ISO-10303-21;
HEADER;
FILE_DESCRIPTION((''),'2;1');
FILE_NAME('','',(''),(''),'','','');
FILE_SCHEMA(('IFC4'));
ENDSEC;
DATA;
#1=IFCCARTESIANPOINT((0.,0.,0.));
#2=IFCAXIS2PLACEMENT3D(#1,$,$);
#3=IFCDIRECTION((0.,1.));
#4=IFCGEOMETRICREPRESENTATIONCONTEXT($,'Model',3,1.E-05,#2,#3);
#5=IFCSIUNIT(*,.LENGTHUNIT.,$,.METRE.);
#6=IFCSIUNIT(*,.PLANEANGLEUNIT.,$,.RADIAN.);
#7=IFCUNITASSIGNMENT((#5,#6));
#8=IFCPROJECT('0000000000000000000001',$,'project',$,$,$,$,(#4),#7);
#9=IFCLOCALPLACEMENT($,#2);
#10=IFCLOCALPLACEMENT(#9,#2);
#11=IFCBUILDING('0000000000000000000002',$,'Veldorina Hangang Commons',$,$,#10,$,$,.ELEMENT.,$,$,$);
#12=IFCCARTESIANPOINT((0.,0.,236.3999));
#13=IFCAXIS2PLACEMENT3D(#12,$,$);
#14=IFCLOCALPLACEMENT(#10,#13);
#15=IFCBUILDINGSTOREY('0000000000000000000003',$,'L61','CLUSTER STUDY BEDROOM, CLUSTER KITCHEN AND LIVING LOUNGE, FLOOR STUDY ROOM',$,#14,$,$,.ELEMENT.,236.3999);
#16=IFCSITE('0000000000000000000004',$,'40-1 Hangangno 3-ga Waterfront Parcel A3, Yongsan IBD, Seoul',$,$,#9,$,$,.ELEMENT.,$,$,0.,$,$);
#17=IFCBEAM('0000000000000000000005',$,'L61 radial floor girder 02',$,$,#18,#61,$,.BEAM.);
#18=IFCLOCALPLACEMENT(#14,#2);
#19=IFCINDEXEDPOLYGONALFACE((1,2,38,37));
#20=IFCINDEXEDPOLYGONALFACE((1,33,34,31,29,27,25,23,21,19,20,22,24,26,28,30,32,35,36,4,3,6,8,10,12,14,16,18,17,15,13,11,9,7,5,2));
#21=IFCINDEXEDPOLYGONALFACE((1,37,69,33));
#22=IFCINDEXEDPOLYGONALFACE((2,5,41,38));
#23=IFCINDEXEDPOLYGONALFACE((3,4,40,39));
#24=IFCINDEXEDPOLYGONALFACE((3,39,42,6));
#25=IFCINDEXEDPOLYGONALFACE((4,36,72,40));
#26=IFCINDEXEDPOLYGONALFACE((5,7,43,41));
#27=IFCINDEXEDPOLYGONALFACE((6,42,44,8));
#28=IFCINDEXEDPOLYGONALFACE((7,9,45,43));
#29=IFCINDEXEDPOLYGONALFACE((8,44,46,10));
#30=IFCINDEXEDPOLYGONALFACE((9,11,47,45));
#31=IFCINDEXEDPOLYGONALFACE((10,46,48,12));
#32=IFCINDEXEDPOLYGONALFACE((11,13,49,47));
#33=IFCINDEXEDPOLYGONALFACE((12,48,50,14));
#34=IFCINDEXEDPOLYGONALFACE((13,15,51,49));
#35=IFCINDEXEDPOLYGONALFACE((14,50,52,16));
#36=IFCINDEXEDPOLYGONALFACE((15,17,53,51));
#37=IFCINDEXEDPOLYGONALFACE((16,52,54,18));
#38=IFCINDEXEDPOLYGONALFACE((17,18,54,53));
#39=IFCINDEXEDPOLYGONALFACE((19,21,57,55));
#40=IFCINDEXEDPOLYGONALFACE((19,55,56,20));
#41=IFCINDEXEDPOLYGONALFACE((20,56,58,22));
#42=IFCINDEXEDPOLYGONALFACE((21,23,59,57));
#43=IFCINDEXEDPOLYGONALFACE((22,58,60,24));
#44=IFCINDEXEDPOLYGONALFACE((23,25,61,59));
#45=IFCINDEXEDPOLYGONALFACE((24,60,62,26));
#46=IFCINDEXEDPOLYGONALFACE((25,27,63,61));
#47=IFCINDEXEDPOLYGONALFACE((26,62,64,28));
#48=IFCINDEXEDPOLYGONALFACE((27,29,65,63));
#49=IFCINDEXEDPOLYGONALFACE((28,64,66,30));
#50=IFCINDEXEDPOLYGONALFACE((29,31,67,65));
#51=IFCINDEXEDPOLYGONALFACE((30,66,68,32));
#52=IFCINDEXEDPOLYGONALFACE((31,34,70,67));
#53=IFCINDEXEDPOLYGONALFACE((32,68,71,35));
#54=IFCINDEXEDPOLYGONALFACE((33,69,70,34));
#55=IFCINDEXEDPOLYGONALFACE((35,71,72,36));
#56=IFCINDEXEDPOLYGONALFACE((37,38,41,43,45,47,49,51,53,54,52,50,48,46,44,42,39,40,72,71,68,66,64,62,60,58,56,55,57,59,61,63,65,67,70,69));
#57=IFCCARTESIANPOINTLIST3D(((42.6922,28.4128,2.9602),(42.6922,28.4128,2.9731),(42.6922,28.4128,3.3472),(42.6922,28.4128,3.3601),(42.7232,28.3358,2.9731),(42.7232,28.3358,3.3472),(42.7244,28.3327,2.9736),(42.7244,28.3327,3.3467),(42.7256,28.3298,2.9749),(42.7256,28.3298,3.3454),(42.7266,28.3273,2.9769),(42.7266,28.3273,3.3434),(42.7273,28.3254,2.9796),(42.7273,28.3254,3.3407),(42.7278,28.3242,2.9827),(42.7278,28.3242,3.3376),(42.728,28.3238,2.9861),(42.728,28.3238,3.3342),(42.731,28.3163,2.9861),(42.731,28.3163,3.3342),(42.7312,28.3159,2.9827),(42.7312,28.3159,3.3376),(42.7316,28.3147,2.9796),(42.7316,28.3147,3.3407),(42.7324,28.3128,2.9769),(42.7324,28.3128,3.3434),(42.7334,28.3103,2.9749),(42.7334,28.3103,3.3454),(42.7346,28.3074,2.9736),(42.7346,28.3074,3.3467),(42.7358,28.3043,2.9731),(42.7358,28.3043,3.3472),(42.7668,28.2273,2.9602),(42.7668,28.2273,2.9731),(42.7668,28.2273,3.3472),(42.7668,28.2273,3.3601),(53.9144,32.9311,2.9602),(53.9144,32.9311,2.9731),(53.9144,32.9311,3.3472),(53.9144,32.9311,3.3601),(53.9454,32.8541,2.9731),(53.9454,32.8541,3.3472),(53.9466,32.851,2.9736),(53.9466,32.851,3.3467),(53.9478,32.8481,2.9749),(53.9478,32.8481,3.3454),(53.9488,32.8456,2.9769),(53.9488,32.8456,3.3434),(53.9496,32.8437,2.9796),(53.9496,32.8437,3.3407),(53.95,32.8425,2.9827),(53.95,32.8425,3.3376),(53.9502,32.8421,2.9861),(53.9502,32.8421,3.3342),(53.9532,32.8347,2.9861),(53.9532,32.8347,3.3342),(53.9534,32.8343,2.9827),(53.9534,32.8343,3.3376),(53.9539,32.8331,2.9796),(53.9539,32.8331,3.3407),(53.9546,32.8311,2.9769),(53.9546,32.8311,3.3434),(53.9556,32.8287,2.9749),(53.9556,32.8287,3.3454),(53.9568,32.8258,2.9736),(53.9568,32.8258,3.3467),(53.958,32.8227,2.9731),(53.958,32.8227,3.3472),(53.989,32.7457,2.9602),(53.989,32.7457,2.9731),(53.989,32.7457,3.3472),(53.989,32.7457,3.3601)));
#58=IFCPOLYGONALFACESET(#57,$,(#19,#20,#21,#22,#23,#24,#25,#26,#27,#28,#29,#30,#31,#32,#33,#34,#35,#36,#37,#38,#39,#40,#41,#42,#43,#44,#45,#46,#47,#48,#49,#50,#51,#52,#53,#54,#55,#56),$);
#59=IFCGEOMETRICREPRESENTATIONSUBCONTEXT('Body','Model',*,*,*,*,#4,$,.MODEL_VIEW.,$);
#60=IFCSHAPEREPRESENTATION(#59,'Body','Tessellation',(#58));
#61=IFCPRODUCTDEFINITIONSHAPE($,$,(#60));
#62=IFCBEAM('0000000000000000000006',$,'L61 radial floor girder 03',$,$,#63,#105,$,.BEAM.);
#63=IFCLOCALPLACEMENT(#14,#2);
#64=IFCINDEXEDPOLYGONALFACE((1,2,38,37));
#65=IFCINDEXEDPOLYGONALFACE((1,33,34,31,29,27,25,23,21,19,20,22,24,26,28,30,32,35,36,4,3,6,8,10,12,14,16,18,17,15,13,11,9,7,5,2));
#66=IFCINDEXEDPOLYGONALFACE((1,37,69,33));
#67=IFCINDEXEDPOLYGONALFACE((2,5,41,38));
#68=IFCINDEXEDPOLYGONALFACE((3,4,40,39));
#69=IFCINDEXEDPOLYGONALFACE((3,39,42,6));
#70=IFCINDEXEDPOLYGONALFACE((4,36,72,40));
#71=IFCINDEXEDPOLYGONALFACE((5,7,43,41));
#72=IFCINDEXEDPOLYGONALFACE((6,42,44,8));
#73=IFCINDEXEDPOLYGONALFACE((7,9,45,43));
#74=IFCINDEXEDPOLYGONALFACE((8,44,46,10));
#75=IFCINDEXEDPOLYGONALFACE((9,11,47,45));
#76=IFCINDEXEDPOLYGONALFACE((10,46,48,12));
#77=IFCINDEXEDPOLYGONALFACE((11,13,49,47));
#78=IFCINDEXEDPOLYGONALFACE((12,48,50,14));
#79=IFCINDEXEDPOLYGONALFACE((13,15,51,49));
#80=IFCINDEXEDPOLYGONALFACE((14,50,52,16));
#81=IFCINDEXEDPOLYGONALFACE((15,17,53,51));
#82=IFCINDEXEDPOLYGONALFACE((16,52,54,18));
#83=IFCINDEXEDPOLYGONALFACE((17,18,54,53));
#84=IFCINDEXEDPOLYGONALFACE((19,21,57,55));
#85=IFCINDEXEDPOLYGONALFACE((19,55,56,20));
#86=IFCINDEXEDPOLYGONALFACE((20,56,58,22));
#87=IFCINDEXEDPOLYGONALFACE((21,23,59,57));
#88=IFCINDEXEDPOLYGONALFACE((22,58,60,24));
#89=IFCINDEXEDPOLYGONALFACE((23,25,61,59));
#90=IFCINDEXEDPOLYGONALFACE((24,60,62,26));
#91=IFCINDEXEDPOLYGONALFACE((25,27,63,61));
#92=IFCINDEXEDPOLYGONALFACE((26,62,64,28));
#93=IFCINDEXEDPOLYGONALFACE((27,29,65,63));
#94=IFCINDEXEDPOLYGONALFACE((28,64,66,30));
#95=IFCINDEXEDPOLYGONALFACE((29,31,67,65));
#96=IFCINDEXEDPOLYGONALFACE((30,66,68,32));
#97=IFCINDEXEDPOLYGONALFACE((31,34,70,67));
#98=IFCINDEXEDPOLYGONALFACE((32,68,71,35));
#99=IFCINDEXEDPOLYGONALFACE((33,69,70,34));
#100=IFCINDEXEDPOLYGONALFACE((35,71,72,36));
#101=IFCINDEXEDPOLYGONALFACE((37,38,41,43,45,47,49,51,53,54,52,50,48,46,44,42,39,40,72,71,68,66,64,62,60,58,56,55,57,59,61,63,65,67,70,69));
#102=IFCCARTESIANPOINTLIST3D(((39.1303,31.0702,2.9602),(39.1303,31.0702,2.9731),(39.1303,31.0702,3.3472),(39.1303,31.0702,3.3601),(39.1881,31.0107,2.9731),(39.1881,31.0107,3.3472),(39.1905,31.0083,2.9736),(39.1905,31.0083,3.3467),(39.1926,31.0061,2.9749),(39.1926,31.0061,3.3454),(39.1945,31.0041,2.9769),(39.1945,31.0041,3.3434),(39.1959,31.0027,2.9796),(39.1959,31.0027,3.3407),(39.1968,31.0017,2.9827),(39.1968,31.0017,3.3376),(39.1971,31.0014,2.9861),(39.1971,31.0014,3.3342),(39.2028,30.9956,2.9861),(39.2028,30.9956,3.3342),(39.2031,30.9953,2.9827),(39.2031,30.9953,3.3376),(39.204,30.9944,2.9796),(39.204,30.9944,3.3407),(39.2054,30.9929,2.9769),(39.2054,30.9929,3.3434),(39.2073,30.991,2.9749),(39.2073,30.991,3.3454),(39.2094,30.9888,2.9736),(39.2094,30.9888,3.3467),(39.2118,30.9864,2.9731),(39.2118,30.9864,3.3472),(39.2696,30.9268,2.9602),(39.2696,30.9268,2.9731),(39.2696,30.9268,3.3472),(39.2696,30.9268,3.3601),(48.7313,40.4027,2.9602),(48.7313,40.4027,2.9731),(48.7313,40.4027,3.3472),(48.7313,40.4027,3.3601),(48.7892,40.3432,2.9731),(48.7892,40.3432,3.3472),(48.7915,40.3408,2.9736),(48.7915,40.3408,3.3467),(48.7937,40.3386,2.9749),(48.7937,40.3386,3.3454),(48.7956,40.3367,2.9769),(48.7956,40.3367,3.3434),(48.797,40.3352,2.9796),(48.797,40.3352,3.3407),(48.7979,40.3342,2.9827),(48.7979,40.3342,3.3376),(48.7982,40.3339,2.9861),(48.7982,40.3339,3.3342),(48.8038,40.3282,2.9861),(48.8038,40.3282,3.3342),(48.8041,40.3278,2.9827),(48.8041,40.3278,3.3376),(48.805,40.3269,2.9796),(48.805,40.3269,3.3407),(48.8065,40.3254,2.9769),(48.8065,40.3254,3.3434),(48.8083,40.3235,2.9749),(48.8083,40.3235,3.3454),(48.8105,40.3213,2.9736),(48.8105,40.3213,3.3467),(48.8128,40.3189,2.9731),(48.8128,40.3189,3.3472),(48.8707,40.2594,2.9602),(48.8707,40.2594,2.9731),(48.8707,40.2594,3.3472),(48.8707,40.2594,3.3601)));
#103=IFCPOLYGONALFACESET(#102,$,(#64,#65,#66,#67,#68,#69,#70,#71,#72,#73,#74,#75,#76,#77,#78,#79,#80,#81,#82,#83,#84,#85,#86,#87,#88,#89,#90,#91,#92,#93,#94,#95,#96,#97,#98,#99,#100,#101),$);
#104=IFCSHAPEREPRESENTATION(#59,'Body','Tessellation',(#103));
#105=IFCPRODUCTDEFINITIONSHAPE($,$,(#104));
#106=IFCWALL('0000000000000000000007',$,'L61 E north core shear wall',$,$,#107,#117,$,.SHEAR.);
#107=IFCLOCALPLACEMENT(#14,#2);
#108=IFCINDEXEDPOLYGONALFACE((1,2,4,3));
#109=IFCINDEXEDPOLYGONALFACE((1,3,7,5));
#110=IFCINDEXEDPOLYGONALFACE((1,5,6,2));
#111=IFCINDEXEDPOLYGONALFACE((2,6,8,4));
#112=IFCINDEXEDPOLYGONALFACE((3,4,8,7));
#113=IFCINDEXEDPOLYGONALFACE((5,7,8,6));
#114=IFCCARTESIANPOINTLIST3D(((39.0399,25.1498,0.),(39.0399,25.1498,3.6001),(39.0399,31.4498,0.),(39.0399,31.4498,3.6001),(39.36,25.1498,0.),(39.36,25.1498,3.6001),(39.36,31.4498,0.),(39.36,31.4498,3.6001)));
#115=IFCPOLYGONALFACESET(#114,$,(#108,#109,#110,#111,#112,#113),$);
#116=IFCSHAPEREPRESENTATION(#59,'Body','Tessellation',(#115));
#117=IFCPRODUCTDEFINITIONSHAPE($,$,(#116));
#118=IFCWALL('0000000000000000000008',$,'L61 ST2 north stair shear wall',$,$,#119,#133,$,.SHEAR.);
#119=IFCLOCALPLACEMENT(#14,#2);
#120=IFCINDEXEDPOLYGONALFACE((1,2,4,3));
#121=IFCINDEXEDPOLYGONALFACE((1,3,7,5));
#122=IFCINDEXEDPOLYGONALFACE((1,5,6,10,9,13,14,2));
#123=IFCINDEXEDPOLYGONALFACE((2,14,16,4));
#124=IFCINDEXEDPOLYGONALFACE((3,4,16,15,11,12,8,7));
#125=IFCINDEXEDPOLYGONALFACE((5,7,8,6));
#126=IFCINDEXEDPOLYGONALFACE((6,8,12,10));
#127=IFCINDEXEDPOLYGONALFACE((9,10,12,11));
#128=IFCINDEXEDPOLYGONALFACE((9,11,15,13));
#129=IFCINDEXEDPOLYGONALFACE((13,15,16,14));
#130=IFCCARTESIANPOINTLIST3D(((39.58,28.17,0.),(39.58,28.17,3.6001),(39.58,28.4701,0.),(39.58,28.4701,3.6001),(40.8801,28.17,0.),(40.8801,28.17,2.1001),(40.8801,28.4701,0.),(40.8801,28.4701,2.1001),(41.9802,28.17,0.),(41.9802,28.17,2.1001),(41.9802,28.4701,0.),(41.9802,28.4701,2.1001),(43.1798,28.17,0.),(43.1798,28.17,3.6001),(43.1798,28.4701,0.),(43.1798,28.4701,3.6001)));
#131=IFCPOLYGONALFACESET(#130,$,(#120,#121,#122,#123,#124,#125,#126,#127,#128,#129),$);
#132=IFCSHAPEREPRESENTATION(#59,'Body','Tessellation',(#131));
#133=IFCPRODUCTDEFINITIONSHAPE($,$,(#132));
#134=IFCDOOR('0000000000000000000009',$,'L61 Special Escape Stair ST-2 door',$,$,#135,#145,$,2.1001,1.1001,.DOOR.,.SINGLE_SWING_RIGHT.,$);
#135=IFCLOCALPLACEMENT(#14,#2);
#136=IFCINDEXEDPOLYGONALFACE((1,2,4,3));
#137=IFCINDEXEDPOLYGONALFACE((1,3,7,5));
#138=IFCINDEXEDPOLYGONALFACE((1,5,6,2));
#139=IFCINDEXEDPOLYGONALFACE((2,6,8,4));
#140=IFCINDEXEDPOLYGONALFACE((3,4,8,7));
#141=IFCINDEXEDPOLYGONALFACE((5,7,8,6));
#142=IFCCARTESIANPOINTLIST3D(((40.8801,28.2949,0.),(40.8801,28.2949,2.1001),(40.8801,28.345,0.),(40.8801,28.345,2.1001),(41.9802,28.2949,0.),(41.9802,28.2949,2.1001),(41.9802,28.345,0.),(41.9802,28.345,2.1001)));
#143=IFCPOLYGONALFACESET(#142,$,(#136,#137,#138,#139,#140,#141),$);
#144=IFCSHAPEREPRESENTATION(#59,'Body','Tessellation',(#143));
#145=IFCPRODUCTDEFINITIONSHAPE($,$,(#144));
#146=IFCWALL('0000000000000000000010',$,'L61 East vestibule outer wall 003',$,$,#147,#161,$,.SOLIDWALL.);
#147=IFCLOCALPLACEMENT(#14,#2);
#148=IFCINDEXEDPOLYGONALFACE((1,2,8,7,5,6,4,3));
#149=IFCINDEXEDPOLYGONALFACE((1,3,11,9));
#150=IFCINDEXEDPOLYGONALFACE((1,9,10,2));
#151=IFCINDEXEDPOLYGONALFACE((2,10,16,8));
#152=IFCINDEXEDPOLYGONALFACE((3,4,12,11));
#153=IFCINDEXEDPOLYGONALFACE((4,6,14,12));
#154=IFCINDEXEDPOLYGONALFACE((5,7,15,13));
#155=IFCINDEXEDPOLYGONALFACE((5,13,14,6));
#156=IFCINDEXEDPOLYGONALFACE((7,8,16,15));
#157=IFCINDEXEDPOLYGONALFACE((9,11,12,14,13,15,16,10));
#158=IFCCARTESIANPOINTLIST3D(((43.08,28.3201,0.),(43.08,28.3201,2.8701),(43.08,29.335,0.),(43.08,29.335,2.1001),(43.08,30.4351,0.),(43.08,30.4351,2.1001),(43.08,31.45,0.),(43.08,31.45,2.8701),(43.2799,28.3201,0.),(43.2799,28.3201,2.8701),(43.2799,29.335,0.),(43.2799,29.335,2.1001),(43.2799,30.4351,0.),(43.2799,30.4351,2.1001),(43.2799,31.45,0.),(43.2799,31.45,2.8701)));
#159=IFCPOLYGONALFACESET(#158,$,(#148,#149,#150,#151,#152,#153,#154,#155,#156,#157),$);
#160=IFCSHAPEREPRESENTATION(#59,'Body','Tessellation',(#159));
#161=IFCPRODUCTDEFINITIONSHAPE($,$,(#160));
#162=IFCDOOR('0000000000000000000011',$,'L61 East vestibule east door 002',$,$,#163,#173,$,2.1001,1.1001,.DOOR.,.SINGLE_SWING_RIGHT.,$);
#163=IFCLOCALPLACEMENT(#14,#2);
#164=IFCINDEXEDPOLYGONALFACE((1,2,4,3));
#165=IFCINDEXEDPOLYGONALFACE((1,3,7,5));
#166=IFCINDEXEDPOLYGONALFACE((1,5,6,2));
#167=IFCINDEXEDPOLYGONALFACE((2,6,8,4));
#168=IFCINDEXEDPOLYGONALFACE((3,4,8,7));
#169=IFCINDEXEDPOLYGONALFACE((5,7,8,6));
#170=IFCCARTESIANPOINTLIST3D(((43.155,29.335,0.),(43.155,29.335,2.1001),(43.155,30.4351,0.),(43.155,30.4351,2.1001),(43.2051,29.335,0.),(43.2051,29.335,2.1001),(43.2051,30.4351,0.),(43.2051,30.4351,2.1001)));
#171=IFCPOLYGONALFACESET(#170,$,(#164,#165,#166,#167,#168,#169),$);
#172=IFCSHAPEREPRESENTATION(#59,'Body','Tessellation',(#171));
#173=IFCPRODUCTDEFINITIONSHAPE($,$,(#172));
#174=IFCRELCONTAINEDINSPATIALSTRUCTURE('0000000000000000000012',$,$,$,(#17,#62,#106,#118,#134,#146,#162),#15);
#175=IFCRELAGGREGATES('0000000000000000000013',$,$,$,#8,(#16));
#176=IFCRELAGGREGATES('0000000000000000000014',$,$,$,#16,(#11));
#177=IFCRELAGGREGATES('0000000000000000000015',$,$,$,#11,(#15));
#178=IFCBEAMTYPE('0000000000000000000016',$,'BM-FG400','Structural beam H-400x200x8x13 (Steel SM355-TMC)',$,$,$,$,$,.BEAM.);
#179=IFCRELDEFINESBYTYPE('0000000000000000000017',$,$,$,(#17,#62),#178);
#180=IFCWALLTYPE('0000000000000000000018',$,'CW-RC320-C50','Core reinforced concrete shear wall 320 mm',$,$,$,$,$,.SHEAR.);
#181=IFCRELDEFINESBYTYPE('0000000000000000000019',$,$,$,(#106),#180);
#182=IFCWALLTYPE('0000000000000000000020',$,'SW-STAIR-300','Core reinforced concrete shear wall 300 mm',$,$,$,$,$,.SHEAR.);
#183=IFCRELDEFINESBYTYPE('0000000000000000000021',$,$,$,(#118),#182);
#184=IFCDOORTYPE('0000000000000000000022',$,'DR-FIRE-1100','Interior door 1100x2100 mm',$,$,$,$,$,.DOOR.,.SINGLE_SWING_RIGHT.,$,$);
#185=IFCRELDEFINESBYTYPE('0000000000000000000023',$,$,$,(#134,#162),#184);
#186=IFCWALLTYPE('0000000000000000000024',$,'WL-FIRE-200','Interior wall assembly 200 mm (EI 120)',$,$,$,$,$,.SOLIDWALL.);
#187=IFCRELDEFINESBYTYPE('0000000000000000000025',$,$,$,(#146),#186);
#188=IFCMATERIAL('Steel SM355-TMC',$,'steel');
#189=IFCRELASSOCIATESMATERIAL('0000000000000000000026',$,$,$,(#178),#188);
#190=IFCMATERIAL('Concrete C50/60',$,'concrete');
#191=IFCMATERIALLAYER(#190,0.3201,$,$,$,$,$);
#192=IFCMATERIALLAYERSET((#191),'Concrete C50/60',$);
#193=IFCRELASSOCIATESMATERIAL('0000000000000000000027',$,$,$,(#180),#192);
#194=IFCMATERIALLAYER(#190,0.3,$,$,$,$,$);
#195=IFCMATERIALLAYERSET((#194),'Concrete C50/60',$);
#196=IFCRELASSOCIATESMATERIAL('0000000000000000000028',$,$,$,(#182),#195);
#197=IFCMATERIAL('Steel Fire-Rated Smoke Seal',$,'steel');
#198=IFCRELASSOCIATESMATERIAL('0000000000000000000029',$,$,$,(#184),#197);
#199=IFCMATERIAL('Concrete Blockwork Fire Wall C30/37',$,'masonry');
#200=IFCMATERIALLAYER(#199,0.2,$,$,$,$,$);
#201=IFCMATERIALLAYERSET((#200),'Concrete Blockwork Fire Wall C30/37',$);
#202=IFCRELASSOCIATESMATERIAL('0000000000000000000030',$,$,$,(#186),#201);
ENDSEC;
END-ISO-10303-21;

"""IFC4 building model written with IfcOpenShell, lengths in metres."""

from ifc_helpers import new_model, si_unit, direction, frame, frame_2d, origin, origin_2d, place, context, subcontext, project, spatial, rectangle, i_section, extrude, material, layer, layer_set, material_profile, profile_set, type_object, element, fill, save


model = new_model("IFC4")

# Units and contexts
model_context = context("Model", 3, precision=1e-05, world=origin(), true_north=direction((0.0, 1.0)))
body_context = subcontext(model_context, "Body", "Model", "MODEL_VIEW")
ifc_project = project(units=[si_unit("LENGTHUNIT", "METRE"), si_unit("PLANEANGLEUNIT", "RADIAN")], contexts=[model_context])

# Site, building, storey
site_placement = place(None, origin())
site = spatial("IfcSite", under=ifc_project, at=site_placement, Name="40-1 Hangangno 3-ga Waterfront Parcel A3, Yongsan IBD, Seoul", CompositionType="ELEMENT", RefElevation=0.0)
building_placement = place(site_placement, origin())
building = spatial("IfcBuilding", under=site, at=building_placement, Name="Veldorina Hangang Commons", CompositionType="ELEMENT")
storey_placement = place(building_placement, frame((0.0, 0.0, 236.3999)))
storey = spatial("IfcBuildingStorey", under=building, at=storey_placement, Name="L61", Description="CLUSTER STUDY BEDROOM, CLUSTER KITCHEN AND LIVING LOUNGE, FLOOR STUDY ROOM", CompositionType="ELEMENT", Elevation=236.3999)

# Beams
ifc_material_1 = material(Name="Steel SM355-TMC", Category="steel")
ifc_material_profile = material_profile(ifc_material_1, i_section(OverallWidth=0.2, OverallDepth=0.3999, WebThickness=0.0081, FlangeThickness=0.0129, FilletRadius=0.0129, at=origin_2d()), Name="H-400x200x8x13")
ifc_profile_set = profile_set([ifc_material_profile], Name="Steel SM355-TMC")
beam_type = type_object("IfcBeamType", Name="BM-FG400", Description="Structural beam H-400x200x8x13 (Steel SM355-TMC)", PredefinedType="BEAM", material=ifc_profile_set)
beam_1_placement = place(storey_placement, frame((42.7295, 28.3201, 3.1602), z_axis=(0.927635, 0.373488, 0.0), x_axis=(-0.373488, 0.927635, 0.0)))
element("IfcBeam", 1, at=beam_1_placement, inside=storey, type_object=beam_type, Name="L61 radial floor girder 02", PredefinedType="BEAM", context=body_context, shape_type="SweptSolid", body=[
    extrude(i_section(OverallWidth=0.2, OverallDepth=0.3999, WebThickness=0.0081, FlangeThickness=0.0129, FilletRadius=0.0129, at=origin_2d()), origin(), (0.0, 0.0, 1.0), 12.0977),
])
beam_2_placement = place(storey_placement, frame((39.2, 30.9985, 3.1602), z_axis=(0.717064, 0.697007, 0.0), x_axis=(-0.697007, 0.717064, 0.0)))
element("IfcBeam", 2, at=beam_2_placement, inside=storey, type_object=beam_type, Name="L61 radial floor girder 03", PredefinedType="BEAM", context=body_context, shape_type="SweptSolid", body=[
    extrude(i_section(OverallWidth=0.2, OverallDepth=0.3999, WebThickness=0.0081, FlangeThickness=0.0129, FilletRadius=0.0129, at=origin_2d()), origin(), (0.0, 0.0, 1.0), 13.3894),
])

# Wall
ifc_material_2 = material(Name="Concrete C50/60", Category="concrete")
ifc_layer_1 = layer(ifc_material_2, 0.3201)
ifc_layer_set_1 = layer_set([ifc_layer_1], Name="Concrete C50/60")
wall_type_1 = type_object("IfcWallType", Name="CW-RC320-C50", Description="Core reinforced concrete shear wall 320 mm", PredefinedType="SHEAR", material=ifc_layer_set_1)
wall_1_placement = place(storey_placement, frame((39.2, 25.1499, 0.0), z_axis=(0.0, 0.0, 1.0), x_axis=(0.0, 1.0, 0.0)))
element("IfcWall", 3, at=wall_1_placement, inside=storey, type_object=wall_type_1, Name="L61 E north core shear wall", PredefinedType="SHEAR", context=body_context, shape_type="SweptSolid", body=[
    extrude(rectangle(XDim=6.3, YDim=0.3201, at=frame_2d((3.1499, 0.0))), origin(), (0.0, 0.0, 1.0), 3.6001),
])

# Walls, openings, doors
ifc_layer_2 = layer(ifc_material_2, 0.3)
ifc_layer_set_2 = layer_set([ifc_layer_2], Name="Concrete C50/60")
wall_type_2 = type_object("IfcWallType", Name="SW-STAIR-300", Description="Core reinforced concrete shear wall 300 mm", PredefinedType="SHEAR", material=ifc_layer_set_2)
wall_2_placement = place(storey_placement, frame((39.5801, 28.3201, 0.0), z_axis=(0.0, 0.0, 1.0), x_axis=(1.0, 0.0, 0.0)))
wall_2 = element("IfcWall", 4, at=wall_2_placement, inside=storey, type_object=wall_type_2, Name="L61 ST2 north stair shear wall", PredefinedType="SHEAR", context=body_context, shape_type="SweptSolid", body=[
    extrude(rectangle(XDim=3.5999, YDim=0.3, at=frame_2d((1.7998, 0.0))), origin(), (0.0, 0.0, 1.0), 3.6001),
])
opening_1_placement = place(wall_2_placement, frame((1.3, 0.0, 0.0)))
opening_1 = element("IfcOpeningElement", 5, at=opening_1_placement, cuts=wall_2, PredefinedType="OPENING", context=body_context, shape_type="SweptSolid", body=[
    extrude(rectangle(XDim=1.1001, YDim=2.1001, at=frame_2d((0.55, 1.05))), frame((0.0, 0.1602, 0.0), z_axis=(0.0, -1.0, 0.0), x_axis=(1.0, 0.0, 0.0)), (0.0, 0.0, 1.0), 0.3201),
])
ifc_material_3 = material(Name="Steel Fire-Rated Smoke Seal", Category="steel")
door_type = type_object("IfcDoorType", Name="DR-FIRE-1100", Description="Interior door 1100x2100 mm", OperationType="SINGLE_SWING_RIGHT", PredefinedType="DOOR", material=ifc_material_3)
door_1_placement = place(opening_1_placement, origin())
door_1 = element("IfcDoor", 6, at=door_1_placement, inside=storey, type_object=door_type, Name="L61 Special Escape Stair ST-2 door", OperationType="SINGLE_SWING_RIGHT", OverallHeight=2.1001, OverallWidth=1.1001, PredefinedType="DOOR", context=body_context, shape_type="SweptSolid", body=[
    extrude(rectangle(XDim=1.1001, YDim=2.1001, at=frame_2d((0.55, 1.05))), frame((0.0, 0.0249, 0.0), z_axis=(0.0, -1.0, 0.0), x_axis=(1.0, 0.0, 0.0)), (0.0, 0.0, 1.0), 0.05),
])
fill(opening_1, door_1)
ifc_material_4 = material(Name="Concrete Blockwork Fire Wall C30/37", Category="masonry")
ifc_layer_3 = layer(ifc_material_4, 0.2)
ifc_layer_set_3 = layer_set([ifc_layer_3], Name="Concrete Blockwork Fire Wall C30/37")
wall_type_3 = type_object("IfcWallType", Name="WL-FIRE-200", Description="Interior wall assembly 200 mm (EI 120)", PredefinedType="SOLIDWALL", material=ifc_layer_set_3)
wall_3_placement = place(storey_placement, frame((43.1799, 28.3201, 0.0), z_axis=(0.0, 0.0, 1.0), x_axis=(0.0, 1.0, 0.0)))
wall_3 = element("IfcWall", 7, at=wall_3_placement, inside=storey, type_object=wall_type_3, Name="L61 East vestibule outer wall 003", PredefinedType="SOLIDWALL", context=body_context, shape_type="SweptSolid", body=[
    extrude(rectangle(XDim=3.1299, YDim=0.2, at=frame_2d((1.5649, 0.0))), origin(), (0.0, 0.0, 1.0), 2.8701),
])
opening_2_placement = place(wall_3_placement, frame((1.0149, 0.0, 0.0)))
opening_2 = element("IfcOpeningElement", 8, at=opening_2_placement, cuts=wall_3, PredefinedType="OPENING", context=body_context, shape_type="SweptSolid", body=[
    extrude(rectangle(XDim=1.1001, YDim=2.1001, at=frame_2d((0.55, 1.05))), frame((0.0, 0.1099, 0.0), z_axis=(0.0, -1.0, 0.0), x_axis=(1.0, 0.0, 0.0)), (0.0, 0.0, 1.0), 0.22),
])
door_2_placement = place(opening_2_placement, origin())
door_2 = element("IfcDoor", 9, at=door_2_placement, inside=storey, type_object=door_type, Name="L61 East vestibule east door 002", OperationType="SINGLE_SWING_RIGHT", OverallHeight=2.1001, OverallWidth=1.1001, PredefinedType="DOOR", context=body_context, shape_type="SweptSolid", body=[
    extrude(rectangle(XDim=1.1001, YDim=2.1001, at=frame_2d((0.55, 1.05))), frame((0.0, 0.0249, 0.0), z_axis=(0.0, -1.0, 0.0), x_axis=(1.0, 0.0, 0.0)), (0.0, 0.0, 1.0), 0.05),
])
fill(opening_2, door_2)

save(model, "model.ifc")
